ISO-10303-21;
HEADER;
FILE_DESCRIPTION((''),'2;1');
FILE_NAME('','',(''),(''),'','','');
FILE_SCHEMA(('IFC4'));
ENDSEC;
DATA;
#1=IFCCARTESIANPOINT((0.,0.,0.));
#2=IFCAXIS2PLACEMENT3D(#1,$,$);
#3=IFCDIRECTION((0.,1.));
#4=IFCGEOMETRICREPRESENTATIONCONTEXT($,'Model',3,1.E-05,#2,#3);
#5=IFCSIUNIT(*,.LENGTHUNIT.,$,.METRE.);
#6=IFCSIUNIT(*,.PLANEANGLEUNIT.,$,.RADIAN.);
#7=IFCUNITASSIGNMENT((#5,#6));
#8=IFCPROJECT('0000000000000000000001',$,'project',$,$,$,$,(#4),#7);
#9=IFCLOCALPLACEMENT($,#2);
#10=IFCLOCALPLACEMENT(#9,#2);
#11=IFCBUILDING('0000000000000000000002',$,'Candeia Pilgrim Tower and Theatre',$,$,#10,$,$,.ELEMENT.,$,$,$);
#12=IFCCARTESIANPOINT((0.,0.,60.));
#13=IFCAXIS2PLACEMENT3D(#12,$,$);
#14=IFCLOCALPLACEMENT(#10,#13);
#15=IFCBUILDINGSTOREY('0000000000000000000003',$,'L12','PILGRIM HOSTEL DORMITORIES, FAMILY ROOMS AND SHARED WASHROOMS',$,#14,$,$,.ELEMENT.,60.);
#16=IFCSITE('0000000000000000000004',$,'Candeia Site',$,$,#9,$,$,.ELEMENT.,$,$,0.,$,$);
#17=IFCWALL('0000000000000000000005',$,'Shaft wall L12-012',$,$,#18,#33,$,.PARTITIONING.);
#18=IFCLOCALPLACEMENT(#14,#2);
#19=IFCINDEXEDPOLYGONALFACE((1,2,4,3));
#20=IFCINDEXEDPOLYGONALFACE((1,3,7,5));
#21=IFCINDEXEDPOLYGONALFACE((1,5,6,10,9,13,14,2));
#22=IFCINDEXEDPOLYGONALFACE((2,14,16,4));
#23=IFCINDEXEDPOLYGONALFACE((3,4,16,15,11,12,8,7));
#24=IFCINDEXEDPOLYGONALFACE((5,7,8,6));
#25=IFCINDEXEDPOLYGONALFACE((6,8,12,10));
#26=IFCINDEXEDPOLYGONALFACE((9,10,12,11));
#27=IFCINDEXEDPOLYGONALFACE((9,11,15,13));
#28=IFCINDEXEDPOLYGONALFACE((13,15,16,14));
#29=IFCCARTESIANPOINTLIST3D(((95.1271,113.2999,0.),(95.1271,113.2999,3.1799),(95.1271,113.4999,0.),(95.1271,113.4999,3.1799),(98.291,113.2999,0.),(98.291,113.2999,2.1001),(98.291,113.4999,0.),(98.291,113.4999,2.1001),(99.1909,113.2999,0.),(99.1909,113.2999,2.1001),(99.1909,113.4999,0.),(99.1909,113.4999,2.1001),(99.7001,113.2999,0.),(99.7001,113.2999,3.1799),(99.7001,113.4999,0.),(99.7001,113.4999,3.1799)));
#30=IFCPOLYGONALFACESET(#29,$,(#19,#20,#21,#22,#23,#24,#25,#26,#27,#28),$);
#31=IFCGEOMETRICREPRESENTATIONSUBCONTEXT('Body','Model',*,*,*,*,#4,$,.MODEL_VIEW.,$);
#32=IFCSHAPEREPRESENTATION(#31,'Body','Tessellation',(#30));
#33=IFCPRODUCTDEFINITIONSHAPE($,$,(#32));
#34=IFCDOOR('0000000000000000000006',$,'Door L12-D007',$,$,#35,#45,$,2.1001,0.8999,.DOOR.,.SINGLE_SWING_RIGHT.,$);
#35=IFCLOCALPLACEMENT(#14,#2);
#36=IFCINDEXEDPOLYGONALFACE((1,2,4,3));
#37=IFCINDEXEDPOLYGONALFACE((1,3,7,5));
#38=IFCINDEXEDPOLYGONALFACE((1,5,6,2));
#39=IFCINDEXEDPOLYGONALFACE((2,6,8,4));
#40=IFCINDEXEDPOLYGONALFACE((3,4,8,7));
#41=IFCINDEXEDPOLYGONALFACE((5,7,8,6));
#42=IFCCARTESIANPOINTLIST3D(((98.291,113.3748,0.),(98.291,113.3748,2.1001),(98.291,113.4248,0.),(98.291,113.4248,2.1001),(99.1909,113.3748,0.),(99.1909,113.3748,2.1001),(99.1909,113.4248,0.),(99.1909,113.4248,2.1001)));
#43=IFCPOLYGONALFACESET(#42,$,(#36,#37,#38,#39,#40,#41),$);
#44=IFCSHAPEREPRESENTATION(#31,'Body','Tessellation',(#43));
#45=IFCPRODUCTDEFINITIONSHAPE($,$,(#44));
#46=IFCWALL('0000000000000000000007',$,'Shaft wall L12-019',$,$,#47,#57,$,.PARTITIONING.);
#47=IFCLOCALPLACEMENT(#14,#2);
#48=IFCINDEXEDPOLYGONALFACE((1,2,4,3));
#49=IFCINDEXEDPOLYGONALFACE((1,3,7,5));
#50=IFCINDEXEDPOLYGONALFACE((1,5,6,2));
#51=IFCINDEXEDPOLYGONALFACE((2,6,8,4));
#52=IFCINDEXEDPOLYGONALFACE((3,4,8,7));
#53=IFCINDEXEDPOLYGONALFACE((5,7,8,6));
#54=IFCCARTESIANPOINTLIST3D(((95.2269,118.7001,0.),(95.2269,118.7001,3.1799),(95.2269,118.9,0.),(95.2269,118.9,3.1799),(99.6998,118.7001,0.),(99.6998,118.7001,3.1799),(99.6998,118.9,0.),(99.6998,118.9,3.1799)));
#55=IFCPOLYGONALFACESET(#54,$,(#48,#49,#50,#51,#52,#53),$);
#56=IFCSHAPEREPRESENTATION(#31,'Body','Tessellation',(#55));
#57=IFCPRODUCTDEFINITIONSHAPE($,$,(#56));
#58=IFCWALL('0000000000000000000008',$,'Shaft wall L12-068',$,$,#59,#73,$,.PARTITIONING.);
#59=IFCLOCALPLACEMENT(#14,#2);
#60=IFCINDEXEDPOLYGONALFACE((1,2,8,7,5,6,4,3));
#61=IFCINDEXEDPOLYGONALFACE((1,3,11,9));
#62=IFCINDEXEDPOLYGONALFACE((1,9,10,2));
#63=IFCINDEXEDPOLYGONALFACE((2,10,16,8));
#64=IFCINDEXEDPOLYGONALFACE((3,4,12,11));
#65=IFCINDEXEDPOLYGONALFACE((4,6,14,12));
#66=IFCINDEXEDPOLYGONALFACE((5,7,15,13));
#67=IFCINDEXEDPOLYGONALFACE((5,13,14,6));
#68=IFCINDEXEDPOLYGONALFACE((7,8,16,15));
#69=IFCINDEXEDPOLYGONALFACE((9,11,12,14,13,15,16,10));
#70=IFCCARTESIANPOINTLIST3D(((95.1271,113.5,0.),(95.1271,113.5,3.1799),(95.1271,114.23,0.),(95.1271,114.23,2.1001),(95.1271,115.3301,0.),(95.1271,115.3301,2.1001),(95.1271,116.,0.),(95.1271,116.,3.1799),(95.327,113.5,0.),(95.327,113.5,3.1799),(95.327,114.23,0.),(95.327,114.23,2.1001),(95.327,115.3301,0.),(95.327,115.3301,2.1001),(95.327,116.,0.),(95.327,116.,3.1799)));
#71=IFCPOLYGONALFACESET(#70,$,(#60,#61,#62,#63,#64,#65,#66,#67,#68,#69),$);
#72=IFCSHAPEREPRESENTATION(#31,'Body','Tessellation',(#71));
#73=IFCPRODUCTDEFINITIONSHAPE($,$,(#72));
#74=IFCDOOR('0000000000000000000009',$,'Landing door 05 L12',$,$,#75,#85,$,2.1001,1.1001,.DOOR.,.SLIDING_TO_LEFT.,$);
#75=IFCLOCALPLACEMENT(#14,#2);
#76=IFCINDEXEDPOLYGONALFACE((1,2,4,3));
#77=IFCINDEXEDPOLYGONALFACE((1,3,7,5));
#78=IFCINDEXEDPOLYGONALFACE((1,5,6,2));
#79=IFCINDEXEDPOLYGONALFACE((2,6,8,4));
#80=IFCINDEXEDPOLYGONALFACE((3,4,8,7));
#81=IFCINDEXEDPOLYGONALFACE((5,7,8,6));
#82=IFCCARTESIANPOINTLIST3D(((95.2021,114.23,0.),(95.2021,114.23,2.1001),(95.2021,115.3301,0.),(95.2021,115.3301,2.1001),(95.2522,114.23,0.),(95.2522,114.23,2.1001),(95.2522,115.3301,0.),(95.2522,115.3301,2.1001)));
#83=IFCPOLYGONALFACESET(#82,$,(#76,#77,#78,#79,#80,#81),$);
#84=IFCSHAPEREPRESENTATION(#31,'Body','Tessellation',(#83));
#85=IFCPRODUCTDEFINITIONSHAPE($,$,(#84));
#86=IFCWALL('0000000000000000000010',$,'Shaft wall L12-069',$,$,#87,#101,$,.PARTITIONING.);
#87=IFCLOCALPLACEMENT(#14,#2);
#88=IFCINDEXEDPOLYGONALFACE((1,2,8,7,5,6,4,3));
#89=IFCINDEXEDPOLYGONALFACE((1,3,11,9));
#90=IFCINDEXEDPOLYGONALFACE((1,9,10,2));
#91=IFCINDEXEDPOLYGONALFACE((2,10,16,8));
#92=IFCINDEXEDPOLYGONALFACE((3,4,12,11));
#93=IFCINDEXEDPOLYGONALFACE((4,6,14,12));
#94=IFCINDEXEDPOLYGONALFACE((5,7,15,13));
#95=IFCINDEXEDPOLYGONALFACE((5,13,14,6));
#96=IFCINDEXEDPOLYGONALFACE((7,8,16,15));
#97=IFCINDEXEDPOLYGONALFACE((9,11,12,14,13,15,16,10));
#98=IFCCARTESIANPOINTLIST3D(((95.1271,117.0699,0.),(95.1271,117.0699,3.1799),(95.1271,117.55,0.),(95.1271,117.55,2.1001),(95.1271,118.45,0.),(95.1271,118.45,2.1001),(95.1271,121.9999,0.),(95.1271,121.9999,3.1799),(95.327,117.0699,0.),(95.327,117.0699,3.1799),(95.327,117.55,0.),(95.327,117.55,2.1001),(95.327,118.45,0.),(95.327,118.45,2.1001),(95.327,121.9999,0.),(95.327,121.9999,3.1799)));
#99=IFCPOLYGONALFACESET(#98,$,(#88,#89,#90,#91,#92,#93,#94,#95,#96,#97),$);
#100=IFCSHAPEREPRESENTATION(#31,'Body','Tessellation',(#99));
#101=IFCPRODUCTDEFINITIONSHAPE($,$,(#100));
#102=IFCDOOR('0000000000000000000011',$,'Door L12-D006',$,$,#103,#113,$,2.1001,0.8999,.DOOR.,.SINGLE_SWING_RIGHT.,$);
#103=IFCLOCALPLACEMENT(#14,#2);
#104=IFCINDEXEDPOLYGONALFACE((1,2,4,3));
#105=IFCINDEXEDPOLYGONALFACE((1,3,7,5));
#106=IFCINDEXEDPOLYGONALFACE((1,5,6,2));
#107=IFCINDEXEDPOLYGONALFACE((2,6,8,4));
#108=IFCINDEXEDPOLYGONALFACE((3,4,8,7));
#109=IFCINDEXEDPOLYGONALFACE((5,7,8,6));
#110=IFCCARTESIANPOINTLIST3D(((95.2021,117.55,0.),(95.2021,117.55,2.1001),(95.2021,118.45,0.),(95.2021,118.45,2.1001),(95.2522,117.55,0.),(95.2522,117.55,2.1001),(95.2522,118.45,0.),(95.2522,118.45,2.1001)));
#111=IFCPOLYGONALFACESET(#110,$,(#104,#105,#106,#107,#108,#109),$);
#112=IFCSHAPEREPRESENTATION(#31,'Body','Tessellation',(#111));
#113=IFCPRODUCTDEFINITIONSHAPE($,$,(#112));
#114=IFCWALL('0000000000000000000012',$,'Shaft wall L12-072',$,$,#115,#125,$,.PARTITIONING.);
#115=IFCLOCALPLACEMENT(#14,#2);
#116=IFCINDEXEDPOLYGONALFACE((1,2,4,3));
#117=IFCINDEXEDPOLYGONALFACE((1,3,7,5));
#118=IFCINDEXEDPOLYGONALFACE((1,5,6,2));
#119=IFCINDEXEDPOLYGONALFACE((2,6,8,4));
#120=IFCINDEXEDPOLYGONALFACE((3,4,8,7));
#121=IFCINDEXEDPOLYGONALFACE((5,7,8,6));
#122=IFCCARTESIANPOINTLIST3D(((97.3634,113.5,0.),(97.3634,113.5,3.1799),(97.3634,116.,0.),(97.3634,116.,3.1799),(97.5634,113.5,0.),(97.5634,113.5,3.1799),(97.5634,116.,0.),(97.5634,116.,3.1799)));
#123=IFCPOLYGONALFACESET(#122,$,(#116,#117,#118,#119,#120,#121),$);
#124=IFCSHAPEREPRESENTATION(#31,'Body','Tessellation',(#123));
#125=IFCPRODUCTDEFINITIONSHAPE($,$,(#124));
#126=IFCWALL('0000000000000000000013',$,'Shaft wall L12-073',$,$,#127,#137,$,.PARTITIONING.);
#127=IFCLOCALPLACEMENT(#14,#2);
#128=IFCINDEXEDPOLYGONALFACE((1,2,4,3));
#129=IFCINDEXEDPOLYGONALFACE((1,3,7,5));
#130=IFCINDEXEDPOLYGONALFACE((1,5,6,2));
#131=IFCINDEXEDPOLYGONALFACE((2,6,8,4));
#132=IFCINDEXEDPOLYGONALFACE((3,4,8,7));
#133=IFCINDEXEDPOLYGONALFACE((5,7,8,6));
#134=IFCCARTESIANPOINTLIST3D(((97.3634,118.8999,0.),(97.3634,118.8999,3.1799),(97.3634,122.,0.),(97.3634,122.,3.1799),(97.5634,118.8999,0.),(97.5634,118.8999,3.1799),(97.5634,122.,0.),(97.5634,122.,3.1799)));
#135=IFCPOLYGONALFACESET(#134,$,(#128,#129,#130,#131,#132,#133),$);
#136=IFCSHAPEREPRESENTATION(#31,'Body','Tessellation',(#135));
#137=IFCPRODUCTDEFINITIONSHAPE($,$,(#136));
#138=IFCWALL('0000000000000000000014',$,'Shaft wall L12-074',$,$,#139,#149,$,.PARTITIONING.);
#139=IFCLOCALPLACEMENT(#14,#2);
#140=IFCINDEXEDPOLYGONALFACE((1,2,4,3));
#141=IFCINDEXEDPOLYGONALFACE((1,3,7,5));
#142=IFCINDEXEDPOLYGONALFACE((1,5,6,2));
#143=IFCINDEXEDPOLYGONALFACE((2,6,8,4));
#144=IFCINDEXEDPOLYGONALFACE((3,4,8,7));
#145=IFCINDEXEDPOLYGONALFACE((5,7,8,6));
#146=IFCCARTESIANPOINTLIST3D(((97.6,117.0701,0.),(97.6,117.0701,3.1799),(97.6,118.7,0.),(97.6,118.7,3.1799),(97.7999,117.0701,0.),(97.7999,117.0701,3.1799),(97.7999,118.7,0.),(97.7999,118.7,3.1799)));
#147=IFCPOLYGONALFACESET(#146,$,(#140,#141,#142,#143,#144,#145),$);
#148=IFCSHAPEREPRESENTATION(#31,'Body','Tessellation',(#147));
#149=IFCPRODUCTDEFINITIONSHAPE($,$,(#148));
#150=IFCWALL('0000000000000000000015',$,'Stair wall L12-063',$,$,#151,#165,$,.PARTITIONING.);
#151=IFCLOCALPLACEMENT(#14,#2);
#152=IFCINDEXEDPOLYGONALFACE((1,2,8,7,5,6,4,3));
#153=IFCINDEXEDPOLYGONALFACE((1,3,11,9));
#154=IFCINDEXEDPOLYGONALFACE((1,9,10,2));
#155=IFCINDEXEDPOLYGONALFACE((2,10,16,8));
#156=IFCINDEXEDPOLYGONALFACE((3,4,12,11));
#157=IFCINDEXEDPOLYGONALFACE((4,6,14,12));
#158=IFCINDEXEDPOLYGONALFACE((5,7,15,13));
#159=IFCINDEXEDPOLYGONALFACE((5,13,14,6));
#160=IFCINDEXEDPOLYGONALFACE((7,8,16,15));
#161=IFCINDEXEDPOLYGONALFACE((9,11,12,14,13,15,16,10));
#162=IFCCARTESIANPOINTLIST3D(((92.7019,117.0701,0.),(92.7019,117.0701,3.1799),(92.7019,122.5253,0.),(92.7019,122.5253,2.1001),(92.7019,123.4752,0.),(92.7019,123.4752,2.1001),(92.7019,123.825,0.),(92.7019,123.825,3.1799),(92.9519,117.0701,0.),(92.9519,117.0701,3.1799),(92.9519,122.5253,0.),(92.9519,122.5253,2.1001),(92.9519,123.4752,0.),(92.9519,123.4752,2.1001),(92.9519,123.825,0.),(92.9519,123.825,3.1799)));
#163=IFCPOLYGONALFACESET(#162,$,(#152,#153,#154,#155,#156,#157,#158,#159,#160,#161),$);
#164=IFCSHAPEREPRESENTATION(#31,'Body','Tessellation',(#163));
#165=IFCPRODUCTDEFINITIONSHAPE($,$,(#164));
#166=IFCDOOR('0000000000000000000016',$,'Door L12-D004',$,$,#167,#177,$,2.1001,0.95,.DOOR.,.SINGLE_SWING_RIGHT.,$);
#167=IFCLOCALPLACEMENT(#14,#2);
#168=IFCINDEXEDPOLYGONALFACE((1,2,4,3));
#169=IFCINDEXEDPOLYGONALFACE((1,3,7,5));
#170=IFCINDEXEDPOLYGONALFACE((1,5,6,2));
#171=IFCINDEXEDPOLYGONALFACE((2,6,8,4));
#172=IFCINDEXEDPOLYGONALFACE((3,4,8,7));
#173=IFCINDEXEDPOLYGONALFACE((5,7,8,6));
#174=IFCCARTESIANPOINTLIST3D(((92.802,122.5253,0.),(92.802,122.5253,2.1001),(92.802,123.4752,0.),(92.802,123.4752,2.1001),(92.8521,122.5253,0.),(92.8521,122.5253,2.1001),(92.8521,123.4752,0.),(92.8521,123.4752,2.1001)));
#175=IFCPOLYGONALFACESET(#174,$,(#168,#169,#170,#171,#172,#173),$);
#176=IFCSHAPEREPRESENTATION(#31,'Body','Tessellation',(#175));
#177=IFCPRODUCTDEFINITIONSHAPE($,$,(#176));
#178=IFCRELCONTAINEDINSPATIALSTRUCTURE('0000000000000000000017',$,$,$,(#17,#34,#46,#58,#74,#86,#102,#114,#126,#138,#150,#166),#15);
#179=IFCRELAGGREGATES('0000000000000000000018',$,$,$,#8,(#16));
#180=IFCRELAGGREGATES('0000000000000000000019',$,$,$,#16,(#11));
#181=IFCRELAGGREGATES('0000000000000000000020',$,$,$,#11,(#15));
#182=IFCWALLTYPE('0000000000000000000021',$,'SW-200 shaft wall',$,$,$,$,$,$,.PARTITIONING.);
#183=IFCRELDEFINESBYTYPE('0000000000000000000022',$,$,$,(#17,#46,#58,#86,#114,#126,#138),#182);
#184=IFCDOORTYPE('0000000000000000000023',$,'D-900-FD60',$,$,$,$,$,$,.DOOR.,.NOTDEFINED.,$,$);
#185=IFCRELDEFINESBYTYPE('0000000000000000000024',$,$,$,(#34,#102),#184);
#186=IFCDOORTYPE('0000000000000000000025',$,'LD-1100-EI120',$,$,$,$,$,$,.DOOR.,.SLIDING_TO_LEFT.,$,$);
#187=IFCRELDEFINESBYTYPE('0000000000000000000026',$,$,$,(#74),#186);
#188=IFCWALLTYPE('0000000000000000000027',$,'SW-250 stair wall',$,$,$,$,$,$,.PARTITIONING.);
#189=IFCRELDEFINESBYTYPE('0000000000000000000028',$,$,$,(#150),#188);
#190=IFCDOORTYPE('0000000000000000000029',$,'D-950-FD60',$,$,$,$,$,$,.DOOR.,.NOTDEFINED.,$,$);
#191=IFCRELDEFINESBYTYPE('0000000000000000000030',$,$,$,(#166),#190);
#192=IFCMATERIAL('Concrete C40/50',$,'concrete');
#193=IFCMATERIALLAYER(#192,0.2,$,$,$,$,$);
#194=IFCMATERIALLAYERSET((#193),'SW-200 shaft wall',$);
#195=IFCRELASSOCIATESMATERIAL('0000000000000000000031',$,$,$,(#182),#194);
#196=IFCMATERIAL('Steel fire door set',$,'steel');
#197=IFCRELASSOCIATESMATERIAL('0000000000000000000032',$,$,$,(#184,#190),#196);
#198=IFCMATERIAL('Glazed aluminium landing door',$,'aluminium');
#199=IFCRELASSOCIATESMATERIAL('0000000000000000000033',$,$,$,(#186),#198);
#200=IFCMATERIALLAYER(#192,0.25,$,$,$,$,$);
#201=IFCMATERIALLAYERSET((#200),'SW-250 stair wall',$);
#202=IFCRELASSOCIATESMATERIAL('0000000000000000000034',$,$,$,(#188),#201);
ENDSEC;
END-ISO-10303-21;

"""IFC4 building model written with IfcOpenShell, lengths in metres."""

from ifc_helpers import new_model, si_unit, direction, frame, frame_2d, origin, place, context, subcontext, project, spatial, rectangle, extrude, material, layer, layer_set, type_object, element, fill, save


model = new_model("IFC4")

# Units and contexts
model_context = context("Model", 3, precision=1e-05, world=origin(), true_north=direction((0.0, 1.0)))
body_context = subcontext(model_context, "Body", "Model", "MODEL_VIEW")
ifc_project = project(units=[si_unit("LENGTHUNIT", "METRE"), si_unit("PLANEANGLEUNIT", "RADIAN")], contexts=[model_context])

# Site, building, storey
site_placement = place(None, origin())
site = spatial("IfcSite", under=ifc_project, at=site_placement, Name="Candeia Site", CompositionType="ELEMENT", RefElevation=0.0)
building_placement = place(site_placement, origin())
building = spatial("IfcBuilding", under=site, at=building_placement, Name="Candeia Pilgrim Tower and Theatre", CompositionType="ELEMENT")
storey_placement = place(building_placement, frame((0.0, 0.0, 60.0)))
storey = spatial("IfcBuildingStorey", under=building, at=storey_placement, Name="L12", Description="PILGRIM HOSTEL DORMITORIES, FAMILY ROOMS AND SHARED WASHROOMS", CompositionType="ELEMENT", Elevation=60.0)

# Shared definitions
ifc_material_1 = material(Name="Steel fire door set", Category="steel")

# Wall, opening, door
ifc_material_2 = material(Name="Concrete C40/50", Category="concrete")
ifc_layer_1 = layer(ifc_material_2, 0.2)
ifc_layer_set_1 = layer_set([ifc_layer_1], Name="SW-200 shaft wall")
wall_type_1 = type_object("IfcWallType", Name="SW-200 shaft wall", PredefinedType="PARTITIONING", material=ifc_layer_set_1)
wall_1_placement = place(storey_placement, frame((95.127, 113.3999, 0.0), z_axis=(0.0, 0.0, 1.0), x_axis=(1.0, 0.0, 0.0)))
wall_1 = element("IfcWall", 1, at=wall_1_placement, inside=storey, type_object=wall_type_1, Name="Shaft wall L12-012", PredefinedType="PARTITIONING", context=body_context, shape_type="SweptSolid", body=[
    extrude(rectangle(XDim=4.573, YDim=0.2, at=frame_2d((2.2866, 0.0))), origin(), (0.0, 0.0, 1.0), 3.1799),
])
opening_1_placement = place(wall_1_placement, frame((3.1641, 0.0, 0.0)))
opening_1 = element("IfcOpeningElement", 2, at=opening_1_placement, cuts=wall_1, PredefinedType="OPENING", context=body_context, shape_type="SweptSolid", body=[
    extrude(rectangle(XDim=0.8999, YDim=2.1001, at=frame_2d((0.45, 1.05))), frame((0.0, 0.1099, 0.0), z_axis=(0.0, -1.0, 0.0), x_axis=(1.0, 0.0, 0.0)), (0.0, 0.0, 1.0), 0.22),
])
door_type_1 = type_object("IfcDoorType", Name="D-900-FD60", OperationType="NOTDEFINED", PredefinedType="DOOR", material=ifc_material_1)
door_1_placement = place(opening_1_placement, origin())
door_1 = element("IfcDoor", 3, at=door_1_placement, inside=storey, type_object=door_type_1, Name="Door L12-D007", OperationType="SINGLE_SWING_RIGHT", OverallHeight=2.1001, OverallWidth=0.8999, PredefinedType="DOOR", context=body_context, shape_type="SweptSolid", body=[
    extrude(rectangle(XDim=0.8999, YDim=2.1001, at=frame_2d((0.45, 1.05))), frame((0.0, 0.0249, 0.0), z_axis=(0.0, -1.0, 0.0), x_axis=(1.0, 0.0, 0.0)), (0.0, 0.0, 1.0), 0.05),
])
fill(opening_1, door_1)

# Wall
wall_2_placement = place(storey_placement, frame((95.2271, 118.8, 0.0), z_axis=(0.0, 0.0, 1.0), x_axis=(1.0, 0.0, 0.0)))
element("IfcWall", 4, at=wall_2_placement, inside=storey, type_object=wall_type_1, Name="Shaft wall L12-019", PredefinedType="PARTITIONING", context=body_context, shape_type="SweptSolid", body=[
    extrude(rectangle(XDim=4.4729, YDim=0.2, at=frame_2d((2.2363, 0.0))), origin(), (0.0, 0.0, 1.0), 3.1799),
])

# Walls, openings, doors
wall_3_placement = place(storey_placement, frame((95.2271, 113.5, 0.0), z_axis=(0.0, 0.0, 1.0), x_axis=(0.0, 1.0, 0.0)))
wall_3 = element("IfcWall", 5, at=wall_3_placement, inside=storey, type_object=wall_type_1, Name="Shaft wall L12-068", PredefinedType="PARTITIONING", context=body_context, shape_type="SweptSolid", body=[
    extrude(rectangle(XDim=2.5, YDim=0.2, at=frame_2d((1.25, 0.0))), origin(), (0.0, 0.0, 1.0), 3.1799),
])
opening_2_placement = place(wall_3_placement, frame((0.73, 0.0, 0.0)))
opening_2 = element("IfcOpeningElement", 6, at=opening_2_placement, cuts=wall_3, PredefinedType="OPENING", context=body_context, shape_type="SweptSolid", body=[
    extrude(rectangle(XDim=1.1001, YDim=2.1001, at=frame_2d((0.55, 1.05))), frame((0.0, 0.1099, 0.0), z_axis=(0.0, -1.0, 0.0), x_axis=(1.0, 0.0, 0.0)), (0.0, 0.0, 1.0), 0.22),
])
ifc_material_3 = material(Name="Glazed aluminium landing door", Category="aluminium")
door_type_2 = type_object("IfcDoorType", Name="LD-1100-EI120", OperationType="SLIDING_TO_LEFT", PredefinedType="DOOR", material=ifc_material_3)
door_2_placement = place(opening_2_placement, origin())
door_2 = element("IfcDoor", 7, at=door_2_placement, inside=storey, type_object=door_type_2, Name="Landing door 05 L12", OperationType="SLIDING_TO_LEFT", OverallHeight=2.1001, OverallWidth=1.1001, PredefinedType="DOOR", context=body_context, shape_type="SweptSolid", body=[
    extrude(rectangle(XDim=1.1001, YDim=2.1001, at=frame_2d((0.55, 1.05))), frame((0.0, 0.0249, 0.0), z_axis=(0.0, -1.0, 0.0), x_axis=(1.0, 0.0, 0.0)), (0.0, 0.0, 1.0), 0.05),
])
fill(opening_2, door_2)
wall_4_placement = place(storey_placement, frame((95.2271, 117.0701, 0.0), z_axis=(0.0, 0.0, 1.0), x_axis=(0.0, 1.0, 0.0)))
wall_4 = element("IfcWall", 8, at=wall_4_placement, inside=storey, type_object=wall_type_1, Name="Shaft wall L12-069", PredefinedType="PARTITIONING", context=body_context, shape_type="SweptSolid", body=[
    extrude(rectangle(XDim=4.9299, YDim=0.2, at=frame_2d((2.4648, 0.0))), origin(), (0.0, 0.0, 1.0), 3.1799),
])
opening_3_placement = place(wall_4_placement, frame((0.48, 0.0, 0.0)))
opening_3 = element("IfcOpeningElement", 9, at=opening_3_placement, cuts=wall_4, PredefinedType="OPENING", context=body_context, shape_type="SweptSolid", body=[
    extrude(rectangle(XDim=0.8999, YDim=2.1001, at=frame_2d((0.45, 1.05))), frame((0.0, 0.1099, 0.0), z_axis=(0.0, -1.0, 0.0), x_axis=(1.0, 0.0, 0.0)), (0.0, 0.0, 1.0), 0.22),
])
door_3_placement = place(opening_3_placement, origin())
door_3 = element("IfcDoor", 10, at=door_3_placement, inside=storey, type_object=door_type_1, Name="Door L12-D006", OperationType="SINGLE_SWING_RIGHT", OverallHeight=2.1001, OverallWidth=0.8999, PredefinedType="DOOR", context=body_context, shape_type="SweptSolid", body=[
    extrude(rectangle(XDim=0.8999, YDim=2.1001, at=frame_2d((0.45, 1.05))), frame((0.0, 0.0249, 0.0), z_axis=(0.0, -1.0, 0.0), x_axis=(1.0, 0.0, 0.0)), (0.0, 0.0, 1.0), 0.05),
])
fill(opening_3, door_3)

# Walls
wall_5_placement = place(storey_placement, frame((97.4634, 113.5, 0.0), z_axis=(0.0, 0.0, 1.0), x_axis=(0.0, 1.0, 0.0)))
element("IfcWall", 11, at=wall_5_placement, inside=storey, type_object=wall_type_1, Name="Shaft wall L12-072", PredefinedType="PARTITIONING", context=body_context, shape_type="SweptSolid", body=[
    extrude(rectangle(XDim=2.5, YDim=0.2, at=frame_2d((1.25, 0.0))), origin(), (0.0, 0.0, 1.0), 3.1799),
])
wall_6_placement = place(storey_placement, frame((97.4634, 118.8999, 0.0), z_axis=(0.0, 0.0, 1.0), x_axis=(0.0, 1.0, 0.0)))
element("IfcWall", 12, at=wall_6_placement, inside=storey, type_object=wall_type_1, Name="Shaft wall L12-073", PredefinedType="PARTITIONING", context=body_context, shape_type="SweptSolid", body=[
    extrude(rectangle(XDim=3.1001, YDim=0.2, at=frame_2d((1.55, 0.0))), origin(), (0.0, 0.0, 1.0), 3.1799),
])
wall_7_placement = place(storey_placement, frame((97.7, 117.0701, 0.0), z_axis=(0.0, 0.0, 1.0), x_axis=(0.0, 1.0, 0.0)))
element("IfcWall", 13, at=wall_7_placement, inside=storey, type_object=wall_type_1, Name="Shaft wall L12-074", PredefinedType="PARTITIONING", context=body_context, shape_type="SweptSolid", body=[
    extrude(rectangle(XDim=1.6299, YDim=0.2, at=frame_2d((0.8149, 0.0))), origin(), (0.0, 0.0, 1.0), 3.1799),
])

# Wall, opening, door
ifc_layer_2 = layer(ifc_material_2, 0.25)
ifc_layer_set_2 = layer_set([ifc_layer_2], Name="SW-250 stair wall")
wall_type_2 = type_object("IfcWallType", Name="SW-250 stair wall", PredefinedType="PARTITIONING", material=ifc_layer_set_2)
wall_8_placement = place(storey_placement, frame((92.8269, 117.0701, 0.0), z_axis=(0.0, 0.0, 1.0), x_axis=(0.0, 1.0, 0.0)))
wall_8 = element("IfcWall", 14, at=wall_8_placement, inside=storey, type_object=wall_type_2, Name="Stair wall L12-063", PredefinedType="PARTITIONING", context=body_context, shape_type="SweptSolid", body=[
    extrude(rectangle(XDim=6.7549, YDim=0.25, at=frame_2d((3.3774, 0.0))), origin(), (0.0, 0.0, 1.0), 3.1799),
])
opening_4_placement = place(wall_8_placement, frame((5.4551, 0.0, 0.0)))
opening_4 = element("IfcOpeningElement", 15, at=opening_4_placement, cuts=wall_8, PredefinedType="OPENING", context=body_context, shape_type="SweptSolid", body=[
    extrude(rectangle(XDim=0.95, YDim=2.1001, at=frame_2d((0.4751, 1.05))), frame((0.0, 0.135, 0.0), z_axis=(0.0, -1.0, 0.0), x_axis=(1.0, 0.0, 0.0)), (0.0, 0.0, 1.0), 0.27),
])
door_type_3 = type_object("IfcDoorType", Name="D-950-FD60", OperationType="NOTDEFINED", PredefinedType="DOOR", material=ifc_material_1)
door_4_placement = place(opening_4_placement, origin())
door_4 = element("IfcDoor", 16, at=door_4_placement, inside=storey, type_object=door_type_3, Name="Door L12-D004", OperationType="SINGLE_SWING_RIGHT", OverallHeight=2.1001, OverallWidth=0.95, PredefinedType="DOOR", context=body_context, shape_type="SweptSolid", body=[
    extrude(rectangle(XDim=0.95, YDim=2.1001, at=frame_2d((0.4751, 1.05))), frame((0.0, 0.0249, 0.0), z_axis=(0.0, -1.0, 0.0), x_axis=(1.0, 0.0, 0.0)), (0.0, 0.0, 1.0), 0.05),
])
fill(opening_4, door_4)

save(model, "model.ifc")
